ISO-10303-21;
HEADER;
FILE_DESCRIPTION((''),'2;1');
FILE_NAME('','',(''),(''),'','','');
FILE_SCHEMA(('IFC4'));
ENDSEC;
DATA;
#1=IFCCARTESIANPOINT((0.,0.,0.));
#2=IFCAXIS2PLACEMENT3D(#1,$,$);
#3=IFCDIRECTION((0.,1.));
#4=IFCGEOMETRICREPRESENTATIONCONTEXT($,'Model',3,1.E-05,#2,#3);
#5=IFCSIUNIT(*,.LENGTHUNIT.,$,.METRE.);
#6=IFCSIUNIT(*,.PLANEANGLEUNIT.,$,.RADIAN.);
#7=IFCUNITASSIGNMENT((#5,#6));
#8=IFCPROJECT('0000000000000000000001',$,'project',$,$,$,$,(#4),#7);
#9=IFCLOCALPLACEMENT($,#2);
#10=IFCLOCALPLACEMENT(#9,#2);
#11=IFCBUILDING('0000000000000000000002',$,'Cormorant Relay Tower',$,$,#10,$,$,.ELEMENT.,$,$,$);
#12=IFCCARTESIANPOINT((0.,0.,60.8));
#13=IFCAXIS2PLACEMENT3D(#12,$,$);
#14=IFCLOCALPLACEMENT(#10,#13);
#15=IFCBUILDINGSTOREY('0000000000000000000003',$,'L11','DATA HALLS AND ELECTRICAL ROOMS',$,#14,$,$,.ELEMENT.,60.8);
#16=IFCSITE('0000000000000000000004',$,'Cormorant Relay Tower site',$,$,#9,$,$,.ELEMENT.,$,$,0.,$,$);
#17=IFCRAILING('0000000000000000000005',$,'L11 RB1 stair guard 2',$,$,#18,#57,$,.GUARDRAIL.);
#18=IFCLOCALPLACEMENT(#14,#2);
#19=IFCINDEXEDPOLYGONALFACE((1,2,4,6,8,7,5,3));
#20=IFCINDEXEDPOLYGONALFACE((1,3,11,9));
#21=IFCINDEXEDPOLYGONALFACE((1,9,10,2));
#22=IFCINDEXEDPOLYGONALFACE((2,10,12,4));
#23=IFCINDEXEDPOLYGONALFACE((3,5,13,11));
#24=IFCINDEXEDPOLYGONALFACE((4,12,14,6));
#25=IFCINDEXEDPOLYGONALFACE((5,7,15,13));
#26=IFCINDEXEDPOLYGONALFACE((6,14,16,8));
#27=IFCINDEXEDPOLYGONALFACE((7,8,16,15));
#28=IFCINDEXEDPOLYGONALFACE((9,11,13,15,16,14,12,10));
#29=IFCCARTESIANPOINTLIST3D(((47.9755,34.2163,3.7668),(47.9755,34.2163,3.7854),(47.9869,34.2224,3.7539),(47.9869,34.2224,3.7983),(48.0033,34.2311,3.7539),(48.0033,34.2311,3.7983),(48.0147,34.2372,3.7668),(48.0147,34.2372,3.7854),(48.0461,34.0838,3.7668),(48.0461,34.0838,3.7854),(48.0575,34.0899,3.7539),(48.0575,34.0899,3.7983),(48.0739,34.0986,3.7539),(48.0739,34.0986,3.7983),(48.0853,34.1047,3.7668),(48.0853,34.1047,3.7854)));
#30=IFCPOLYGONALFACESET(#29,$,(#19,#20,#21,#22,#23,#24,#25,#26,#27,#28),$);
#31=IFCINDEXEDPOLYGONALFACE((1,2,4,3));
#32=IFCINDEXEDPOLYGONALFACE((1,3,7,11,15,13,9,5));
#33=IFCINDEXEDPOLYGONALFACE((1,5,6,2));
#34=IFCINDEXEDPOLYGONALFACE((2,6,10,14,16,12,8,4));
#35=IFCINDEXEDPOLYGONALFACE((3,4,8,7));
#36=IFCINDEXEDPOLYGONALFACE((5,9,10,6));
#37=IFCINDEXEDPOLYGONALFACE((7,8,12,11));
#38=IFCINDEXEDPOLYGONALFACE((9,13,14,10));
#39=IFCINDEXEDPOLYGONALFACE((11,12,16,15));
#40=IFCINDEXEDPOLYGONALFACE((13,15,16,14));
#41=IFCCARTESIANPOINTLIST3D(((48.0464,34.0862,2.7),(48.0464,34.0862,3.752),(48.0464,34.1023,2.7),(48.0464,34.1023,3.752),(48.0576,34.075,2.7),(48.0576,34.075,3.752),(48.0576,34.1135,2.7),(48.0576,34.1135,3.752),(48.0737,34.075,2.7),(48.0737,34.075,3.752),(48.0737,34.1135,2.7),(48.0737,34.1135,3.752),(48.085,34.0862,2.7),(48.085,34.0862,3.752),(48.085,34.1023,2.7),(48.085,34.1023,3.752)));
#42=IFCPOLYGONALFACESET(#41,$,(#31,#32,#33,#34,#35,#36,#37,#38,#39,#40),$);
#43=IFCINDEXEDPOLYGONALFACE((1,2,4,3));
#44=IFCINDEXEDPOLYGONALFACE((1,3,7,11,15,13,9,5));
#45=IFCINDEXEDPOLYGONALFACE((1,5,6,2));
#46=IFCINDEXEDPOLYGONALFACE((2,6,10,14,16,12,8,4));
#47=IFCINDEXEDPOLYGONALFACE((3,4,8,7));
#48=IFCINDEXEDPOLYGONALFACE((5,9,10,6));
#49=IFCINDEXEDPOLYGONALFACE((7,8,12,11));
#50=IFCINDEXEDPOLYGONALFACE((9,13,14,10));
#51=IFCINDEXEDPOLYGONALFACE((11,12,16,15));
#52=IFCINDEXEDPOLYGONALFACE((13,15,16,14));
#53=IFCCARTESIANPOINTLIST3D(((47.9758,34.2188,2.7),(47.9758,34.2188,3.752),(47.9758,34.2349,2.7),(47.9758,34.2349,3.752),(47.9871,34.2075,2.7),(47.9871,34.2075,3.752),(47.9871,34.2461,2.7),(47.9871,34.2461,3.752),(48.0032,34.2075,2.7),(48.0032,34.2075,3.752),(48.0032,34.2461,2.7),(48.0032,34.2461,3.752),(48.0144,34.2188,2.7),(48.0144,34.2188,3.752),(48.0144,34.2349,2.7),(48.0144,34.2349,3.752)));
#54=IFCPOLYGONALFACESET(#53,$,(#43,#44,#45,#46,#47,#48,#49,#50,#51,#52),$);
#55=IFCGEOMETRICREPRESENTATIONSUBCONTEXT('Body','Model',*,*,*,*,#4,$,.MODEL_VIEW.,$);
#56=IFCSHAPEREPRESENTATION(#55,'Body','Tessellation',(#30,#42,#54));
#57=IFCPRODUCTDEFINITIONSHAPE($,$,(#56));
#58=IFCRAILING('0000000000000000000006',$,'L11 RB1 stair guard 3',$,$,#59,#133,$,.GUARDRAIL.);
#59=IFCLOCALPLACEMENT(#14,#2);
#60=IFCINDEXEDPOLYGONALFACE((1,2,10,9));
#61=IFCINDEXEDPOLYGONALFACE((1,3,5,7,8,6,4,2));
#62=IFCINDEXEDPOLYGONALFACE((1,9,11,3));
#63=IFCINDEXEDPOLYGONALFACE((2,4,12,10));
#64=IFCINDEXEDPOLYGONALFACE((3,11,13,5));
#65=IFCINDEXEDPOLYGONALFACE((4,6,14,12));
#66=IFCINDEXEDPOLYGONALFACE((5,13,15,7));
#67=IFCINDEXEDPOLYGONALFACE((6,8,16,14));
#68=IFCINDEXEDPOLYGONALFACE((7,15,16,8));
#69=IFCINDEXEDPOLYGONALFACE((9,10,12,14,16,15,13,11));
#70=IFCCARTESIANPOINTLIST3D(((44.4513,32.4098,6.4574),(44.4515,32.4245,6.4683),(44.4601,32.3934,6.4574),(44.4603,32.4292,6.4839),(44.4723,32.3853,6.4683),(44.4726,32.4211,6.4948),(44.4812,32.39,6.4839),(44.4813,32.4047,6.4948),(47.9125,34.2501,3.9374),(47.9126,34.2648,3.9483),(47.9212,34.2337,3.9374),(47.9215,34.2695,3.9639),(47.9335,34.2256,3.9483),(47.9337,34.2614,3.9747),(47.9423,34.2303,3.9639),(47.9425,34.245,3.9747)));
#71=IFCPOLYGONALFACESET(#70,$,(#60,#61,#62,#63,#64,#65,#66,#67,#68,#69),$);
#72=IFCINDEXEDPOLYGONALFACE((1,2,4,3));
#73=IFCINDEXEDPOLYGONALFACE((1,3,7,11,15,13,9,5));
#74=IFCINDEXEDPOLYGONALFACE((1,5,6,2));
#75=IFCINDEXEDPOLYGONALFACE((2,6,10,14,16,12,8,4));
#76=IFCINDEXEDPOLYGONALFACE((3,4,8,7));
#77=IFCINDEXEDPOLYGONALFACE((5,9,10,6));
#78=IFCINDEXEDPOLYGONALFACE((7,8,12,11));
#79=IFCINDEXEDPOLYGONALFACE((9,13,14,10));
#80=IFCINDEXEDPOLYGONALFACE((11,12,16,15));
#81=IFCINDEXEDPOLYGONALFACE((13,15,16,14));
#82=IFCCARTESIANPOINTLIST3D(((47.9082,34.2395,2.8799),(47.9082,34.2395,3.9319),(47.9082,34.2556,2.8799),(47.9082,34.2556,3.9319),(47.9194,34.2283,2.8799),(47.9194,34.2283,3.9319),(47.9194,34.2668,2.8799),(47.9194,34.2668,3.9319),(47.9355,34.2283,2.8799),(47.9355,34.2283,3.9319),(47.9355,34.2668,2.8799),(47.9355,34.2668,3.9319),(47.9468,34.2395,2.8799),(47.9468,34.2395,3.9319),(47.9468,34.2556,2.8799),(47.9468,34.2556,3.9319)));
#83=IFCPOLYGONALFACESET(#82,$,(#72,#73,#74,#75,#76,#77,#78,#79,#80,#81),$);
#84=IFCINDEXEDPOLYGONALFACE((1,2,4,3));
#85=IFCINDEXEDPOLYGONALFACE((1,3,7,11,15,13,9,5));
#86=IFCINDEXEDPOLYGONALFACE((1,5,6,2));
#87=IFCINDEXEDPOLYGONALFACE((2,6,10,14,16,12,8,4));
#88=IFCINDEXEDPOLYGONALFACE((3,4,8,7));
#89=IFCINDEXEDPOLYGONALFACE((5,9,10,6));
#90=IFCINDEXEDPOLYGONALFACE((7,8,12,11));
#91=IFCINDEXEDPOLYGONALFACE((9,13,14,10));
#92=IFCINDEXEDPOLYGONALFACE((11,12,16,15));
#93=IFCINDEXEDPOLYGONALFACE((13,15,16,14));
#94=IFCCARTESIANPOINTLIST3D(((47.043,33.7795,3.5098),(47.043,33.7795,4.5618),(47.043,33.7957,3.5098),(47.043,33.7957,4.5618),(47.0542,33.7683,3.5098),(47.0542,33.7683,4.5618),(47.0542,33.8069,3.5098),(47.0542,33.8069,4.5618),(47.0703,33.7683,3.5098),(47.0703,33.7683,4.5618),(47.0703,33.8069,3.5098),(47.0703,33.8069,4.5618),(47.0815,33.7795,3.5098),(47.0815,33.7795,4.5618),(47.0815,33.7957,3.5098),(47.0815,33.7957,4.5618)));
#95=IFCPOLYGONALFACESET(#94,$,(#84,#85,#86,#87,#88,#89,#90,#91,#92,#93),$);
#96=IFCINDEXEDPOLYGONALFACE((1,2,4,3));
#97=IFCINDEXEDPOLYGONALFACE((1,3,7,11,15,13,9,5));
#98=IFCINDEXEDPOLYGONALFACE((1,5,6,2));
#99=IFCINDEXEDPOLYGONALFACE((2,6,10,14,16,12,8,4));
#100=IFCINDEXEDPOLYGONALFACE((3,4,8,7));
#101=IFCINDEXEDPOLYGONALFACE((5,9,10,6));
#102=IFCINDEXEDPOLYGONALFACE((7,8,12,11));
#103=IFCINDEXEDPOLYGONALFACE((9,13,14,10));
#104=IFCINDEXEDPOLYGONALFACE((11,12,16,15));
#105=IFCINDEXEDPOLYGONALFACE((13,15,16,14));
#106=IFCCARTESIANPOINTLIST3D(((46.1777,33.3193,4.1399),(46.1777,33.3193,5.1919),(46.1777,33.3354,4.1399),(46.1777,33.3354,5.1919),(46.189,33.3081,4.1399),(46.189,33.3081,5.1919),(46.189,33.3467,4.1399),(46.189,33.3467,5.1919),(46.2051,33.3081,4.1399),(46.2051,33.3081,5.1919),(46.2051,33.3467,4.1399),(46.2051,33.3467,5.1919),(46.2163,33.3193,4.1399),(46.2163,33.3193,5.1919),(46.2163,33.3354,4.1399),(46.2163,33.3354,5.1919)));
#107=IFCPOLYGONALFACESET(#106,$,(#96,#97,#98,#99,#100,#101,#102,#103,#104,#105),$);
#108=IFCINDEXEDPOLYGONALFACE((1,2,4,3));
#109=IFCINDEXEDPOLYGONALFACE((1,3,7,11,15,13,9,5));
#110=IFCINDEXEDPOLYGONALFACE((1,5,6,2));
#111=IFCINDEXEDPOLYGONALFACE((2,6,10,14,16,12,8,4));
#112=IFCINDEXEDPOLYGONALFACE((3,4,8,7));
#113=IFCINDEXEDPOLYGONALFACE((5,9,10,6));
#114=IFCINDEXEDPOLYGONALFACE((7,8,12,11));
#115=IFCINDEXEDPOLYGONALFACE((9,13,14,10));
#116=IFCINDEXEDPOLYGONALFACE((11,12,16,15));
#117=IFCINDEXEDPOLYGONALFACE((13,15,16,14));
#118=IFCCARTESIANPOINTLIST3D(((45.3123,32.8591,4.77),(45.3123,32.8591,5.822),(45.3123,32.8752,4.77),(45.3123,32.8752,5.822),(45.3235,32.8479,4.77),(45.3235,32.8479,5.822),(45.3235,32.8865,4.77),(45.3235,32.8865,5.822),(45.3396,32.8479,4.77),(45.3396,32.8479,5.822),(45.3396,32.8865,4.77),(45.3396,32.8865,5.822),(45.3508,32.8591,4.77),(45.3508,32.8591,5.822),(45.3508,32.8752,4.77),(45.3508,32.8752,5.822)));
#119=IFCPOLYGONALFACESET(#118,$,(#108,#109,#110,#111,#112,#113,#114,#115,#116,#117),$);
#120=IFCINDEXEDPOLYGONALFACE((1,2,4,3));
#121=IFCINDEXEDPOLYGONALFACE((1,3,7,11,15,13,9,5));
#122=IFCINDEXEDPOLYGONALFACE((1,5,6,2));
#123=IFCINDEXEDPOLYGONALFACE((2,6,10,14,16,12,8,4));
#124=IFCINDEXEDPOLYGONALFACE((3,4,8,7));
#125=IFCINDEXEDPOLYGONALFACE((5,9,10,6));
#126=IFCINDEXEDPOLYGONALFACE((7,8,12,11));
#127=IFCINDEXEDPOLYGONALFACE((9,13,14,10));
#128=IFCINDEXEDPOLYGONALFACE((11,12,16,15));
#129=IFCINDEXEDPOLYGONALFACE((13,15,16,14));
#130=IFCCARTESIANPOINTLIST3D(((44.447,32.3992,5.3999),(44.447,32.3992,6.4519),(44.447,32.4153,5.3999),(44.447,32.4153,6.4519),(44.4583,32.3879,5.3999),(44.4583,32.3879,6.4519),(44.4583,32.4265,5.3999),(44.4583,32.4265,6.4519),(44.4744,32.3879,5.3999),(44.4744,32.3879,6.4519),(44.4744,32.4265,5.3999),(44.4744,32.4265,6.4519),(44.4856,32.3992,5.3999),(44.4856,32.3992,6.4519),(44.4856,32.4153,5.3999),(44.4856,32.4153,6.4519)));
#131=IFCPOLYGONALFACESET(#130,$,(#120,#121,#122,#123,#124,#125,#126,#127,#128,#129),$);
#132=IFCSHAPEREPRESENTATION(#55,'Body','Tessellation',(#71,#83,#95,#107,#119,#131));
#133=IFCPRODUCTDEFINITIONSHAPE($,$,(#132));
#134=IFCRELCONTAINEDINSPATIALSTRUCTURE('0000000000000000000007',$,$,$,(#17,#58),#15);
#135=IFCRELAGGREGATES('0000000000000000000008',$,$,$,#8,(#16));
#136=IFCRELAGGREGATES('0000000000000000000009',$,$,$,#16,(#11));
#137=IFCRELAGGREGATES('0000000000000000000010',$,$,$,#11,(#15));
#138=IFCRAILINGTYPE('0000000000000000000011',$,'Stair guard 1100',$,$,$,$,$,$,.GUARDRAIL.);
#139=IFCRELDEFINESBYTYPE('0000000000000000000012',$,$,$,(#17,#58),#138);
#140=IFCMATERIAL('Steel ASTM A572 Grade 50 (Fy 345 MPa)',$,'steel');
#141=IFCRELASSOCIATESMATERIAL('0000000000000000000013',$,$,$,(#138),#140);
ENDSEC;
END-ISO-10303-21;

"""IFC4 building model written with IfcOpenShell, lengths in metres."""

from ifc_helpers import new_model, si_unit, direction, frame, origin, place, context, subcontext, project, spatial, polyline, outline, extrude, material, type_object, element, save


model = new_model("IFC4")

# Units and contexts
model_context = context("Model", 3, precision=1e-05, world=origin(), true_north=direction((0.0, 1.0)))
body_context = subcontext(model_context, "Body", "Model", "MODEL_VIEW")
ifc_project = project(units=[si_unit("LENGTHUNIT", "METRE"), si_unit("PLANEANGLEUNIT", "RADIAN")], contexts=[model_context])

# Site, building, storey
site_placement = place(None, origin())
site = spatial("IfcSite", under=ifc_project, at=site_placement, Name="Cormorant Relay Tower site", CompositionType="ELEMENT", RefElevation=0.0)
building_placement = place(site_placement, origin())
building = spatial("IfcBuilding", under=site, at=building_placement, Name="Cormorant Relay Tower", CompositionType="ELEMENT")
storey_placement = place(building_placement, frame((0.0, 0.0, 60.8)))
storey = spatial("IfcBuildingStorey", under=building, at=storey_placement, Name="L11", Description="DATA HALLS AND ELECTRICAL ROOMS", CompositionType="ELEMENT", Elevation=60.8)

# Railings
ifc_material_1 = material(Name="Steel ASTM A572 Grade 50 (Fy 345 MPa)", Category="steel")
railing_type_1 = type_object("IfcRailingType", Name="Stair guard 1100", PredefinedType="GUARDRAIL", material=ifc_material_1)
railing_1_placement = place(storey_placement, frame((48.0657, 34.0942, 2.7)))
element("IfcRailing", 1, at=railing_1_placement, inside=storey, type_object=railing_type_1, Name="L11 RB1 stair guard 2", PredefinedType="GUARDRAIL", context=body_context, shape_type="SweptSolid", body=[
    extrude(outline(polyline([(0.0222, 0.0093), (0.0093, 0.0222), (-0.0093, 0.0222), (-0.0222, 0.0093), (-0.0222, -0.0093), (-0.0093, -0.0222), (0.0093, -0.0222), (0.0222, -0.0093), (0.0222, 0.0093)])), frame((0.0, 0.0, 1.0762), z_axis=(-0.469829, 0.882758, 0.0), x_axis=(-0.882758, -0.469829, 0.0)), (0.0, 0.0, 1.0), 0.1501),
    extrude(outline(polyline([(0.0193, 0.0081), (0.0081, 0.0193), (-0.0081, 0.0193), (-0.0193, 0.0081), (-0.0193, -0.0081), (-0.0081, -0.0193), (0.0081, -0.0193), (0.0193, -0.0081), (0.0193, 0.0081)])), origin(), (0.0, 0.0, 1.0), 1.052),
    extrude(outline(polyline([(0.0193, 0.0081), (0.0081, 0.0193), (-0.0081, 0.0193), (-0.0193, 0.0081), (-0.0193, -0.0081), (-0.0081, -0.0193), (0.0081, -0.0193), (0.0193, -0.0081), (0.0193, 0.0081)])), frame((-0.0706, 0.1326, 0.0)), (0.0, 0.0, 1.0), 1.052),
])
railing_2_placement = place(storey_placement, frame((47.9275, 34.2476, 2.8799)))
element("IfcRailing", 2, at=railing_2_placement, inside=storey, type_object=railing_type_1, Name="L11 RB1 stair guard 3", PredefinedType="GUARDRAIL", context=body_context, shape_type="SweptSolid", body=[
    extrude(outline(polyline([(0.0222, 0.0093), (0.0093, 0.0222), (-0.0093, 0.0222), (-0.0222, 0.0093), (-0.0222, -0.0093), (-0.0093, -0.0222), (0.0093, -0.0222), (0.0222, -0.0093), (0.0222, 0.0093)])), frame((0.0, 0.0, 1.0762), z_axis=(-0.742717, -0.394907, 0.540758), x_axis=(0.469469, -0.882949, 0.0)), (0.0, 0.0, 1.0), 4.6602),
    extrude(outline(polyline([(0.0193, 0.0081), (0.0081, 0.0193), (-0.0081, 0.0193), (-0.0193, 0.0081), (-0.0193, -0.0081), (-0.0081, -0.0193), (0.0081, -0.0193), (0.0193, -0.0081), (0.0193, 0.0081)])), origin(), (0.0, 0.0, 1.0), 1.052),
    extrude(outline(polyline([(0.0193, 0.0081), (0.0081, 0.0193), (-0.0081, 0.0193), (-0.0193, 0.0081), (-0.0193, -0.0081), (-0.0081, -0.0193), (0.0081, -0.0193), (0.0193, -0.0081), (0.0193, 0.0081)])), frame((-0.8652, -0.46, 0.6299)), (0.0, 0.0, 1.0), 1.052),
    extrude(outline(polyline([(0.0193, 0.0081), (0.0081, 0.0193), (-0.0081, 0.0193), (-0.0193, 0.0081), (-0.0193, -0.0081), (-0.0081, -0.0193), (0.0081, -0.0193), (0.0193, -0.0081), (0.0193, 0.0081)])), frame((-1.7305, -0.9202, 1.26)), (0.0, 0.0, 1.0), 1.052),
    extrude(outline(polyline([(0.0193, 0.0081), (0.0081, 0.0193), (-0.0081, 0.0193), (-0.0193, 0.0081), (-0.0193, -0.0081), (-0.0081, -0.0193), (0.0081, -0.0193), (0.0193, -0.0081), (0.0193, 0.0081)])), frame((-2.5959, -1.3804, 1.8901)), (0.0, 0.0, 1.0), 1.052),
    extrude(outline(polyline([(0.0193, 0.0081), (0.0081, 0.0193), (-0.0081, 0.0193), (-0.0193, 0.0081), (-0.0193, -0.0081), (-0.0081, -0.0193), (0.0081, -0.0193), (0.0193, -0.0081), (0.0193, 0.0081)])), frame((-3.4612, -1.8403, 2.52)), (0.0, 0.0, 1.0), 1.052),
])

save(model, "model.ifc")
